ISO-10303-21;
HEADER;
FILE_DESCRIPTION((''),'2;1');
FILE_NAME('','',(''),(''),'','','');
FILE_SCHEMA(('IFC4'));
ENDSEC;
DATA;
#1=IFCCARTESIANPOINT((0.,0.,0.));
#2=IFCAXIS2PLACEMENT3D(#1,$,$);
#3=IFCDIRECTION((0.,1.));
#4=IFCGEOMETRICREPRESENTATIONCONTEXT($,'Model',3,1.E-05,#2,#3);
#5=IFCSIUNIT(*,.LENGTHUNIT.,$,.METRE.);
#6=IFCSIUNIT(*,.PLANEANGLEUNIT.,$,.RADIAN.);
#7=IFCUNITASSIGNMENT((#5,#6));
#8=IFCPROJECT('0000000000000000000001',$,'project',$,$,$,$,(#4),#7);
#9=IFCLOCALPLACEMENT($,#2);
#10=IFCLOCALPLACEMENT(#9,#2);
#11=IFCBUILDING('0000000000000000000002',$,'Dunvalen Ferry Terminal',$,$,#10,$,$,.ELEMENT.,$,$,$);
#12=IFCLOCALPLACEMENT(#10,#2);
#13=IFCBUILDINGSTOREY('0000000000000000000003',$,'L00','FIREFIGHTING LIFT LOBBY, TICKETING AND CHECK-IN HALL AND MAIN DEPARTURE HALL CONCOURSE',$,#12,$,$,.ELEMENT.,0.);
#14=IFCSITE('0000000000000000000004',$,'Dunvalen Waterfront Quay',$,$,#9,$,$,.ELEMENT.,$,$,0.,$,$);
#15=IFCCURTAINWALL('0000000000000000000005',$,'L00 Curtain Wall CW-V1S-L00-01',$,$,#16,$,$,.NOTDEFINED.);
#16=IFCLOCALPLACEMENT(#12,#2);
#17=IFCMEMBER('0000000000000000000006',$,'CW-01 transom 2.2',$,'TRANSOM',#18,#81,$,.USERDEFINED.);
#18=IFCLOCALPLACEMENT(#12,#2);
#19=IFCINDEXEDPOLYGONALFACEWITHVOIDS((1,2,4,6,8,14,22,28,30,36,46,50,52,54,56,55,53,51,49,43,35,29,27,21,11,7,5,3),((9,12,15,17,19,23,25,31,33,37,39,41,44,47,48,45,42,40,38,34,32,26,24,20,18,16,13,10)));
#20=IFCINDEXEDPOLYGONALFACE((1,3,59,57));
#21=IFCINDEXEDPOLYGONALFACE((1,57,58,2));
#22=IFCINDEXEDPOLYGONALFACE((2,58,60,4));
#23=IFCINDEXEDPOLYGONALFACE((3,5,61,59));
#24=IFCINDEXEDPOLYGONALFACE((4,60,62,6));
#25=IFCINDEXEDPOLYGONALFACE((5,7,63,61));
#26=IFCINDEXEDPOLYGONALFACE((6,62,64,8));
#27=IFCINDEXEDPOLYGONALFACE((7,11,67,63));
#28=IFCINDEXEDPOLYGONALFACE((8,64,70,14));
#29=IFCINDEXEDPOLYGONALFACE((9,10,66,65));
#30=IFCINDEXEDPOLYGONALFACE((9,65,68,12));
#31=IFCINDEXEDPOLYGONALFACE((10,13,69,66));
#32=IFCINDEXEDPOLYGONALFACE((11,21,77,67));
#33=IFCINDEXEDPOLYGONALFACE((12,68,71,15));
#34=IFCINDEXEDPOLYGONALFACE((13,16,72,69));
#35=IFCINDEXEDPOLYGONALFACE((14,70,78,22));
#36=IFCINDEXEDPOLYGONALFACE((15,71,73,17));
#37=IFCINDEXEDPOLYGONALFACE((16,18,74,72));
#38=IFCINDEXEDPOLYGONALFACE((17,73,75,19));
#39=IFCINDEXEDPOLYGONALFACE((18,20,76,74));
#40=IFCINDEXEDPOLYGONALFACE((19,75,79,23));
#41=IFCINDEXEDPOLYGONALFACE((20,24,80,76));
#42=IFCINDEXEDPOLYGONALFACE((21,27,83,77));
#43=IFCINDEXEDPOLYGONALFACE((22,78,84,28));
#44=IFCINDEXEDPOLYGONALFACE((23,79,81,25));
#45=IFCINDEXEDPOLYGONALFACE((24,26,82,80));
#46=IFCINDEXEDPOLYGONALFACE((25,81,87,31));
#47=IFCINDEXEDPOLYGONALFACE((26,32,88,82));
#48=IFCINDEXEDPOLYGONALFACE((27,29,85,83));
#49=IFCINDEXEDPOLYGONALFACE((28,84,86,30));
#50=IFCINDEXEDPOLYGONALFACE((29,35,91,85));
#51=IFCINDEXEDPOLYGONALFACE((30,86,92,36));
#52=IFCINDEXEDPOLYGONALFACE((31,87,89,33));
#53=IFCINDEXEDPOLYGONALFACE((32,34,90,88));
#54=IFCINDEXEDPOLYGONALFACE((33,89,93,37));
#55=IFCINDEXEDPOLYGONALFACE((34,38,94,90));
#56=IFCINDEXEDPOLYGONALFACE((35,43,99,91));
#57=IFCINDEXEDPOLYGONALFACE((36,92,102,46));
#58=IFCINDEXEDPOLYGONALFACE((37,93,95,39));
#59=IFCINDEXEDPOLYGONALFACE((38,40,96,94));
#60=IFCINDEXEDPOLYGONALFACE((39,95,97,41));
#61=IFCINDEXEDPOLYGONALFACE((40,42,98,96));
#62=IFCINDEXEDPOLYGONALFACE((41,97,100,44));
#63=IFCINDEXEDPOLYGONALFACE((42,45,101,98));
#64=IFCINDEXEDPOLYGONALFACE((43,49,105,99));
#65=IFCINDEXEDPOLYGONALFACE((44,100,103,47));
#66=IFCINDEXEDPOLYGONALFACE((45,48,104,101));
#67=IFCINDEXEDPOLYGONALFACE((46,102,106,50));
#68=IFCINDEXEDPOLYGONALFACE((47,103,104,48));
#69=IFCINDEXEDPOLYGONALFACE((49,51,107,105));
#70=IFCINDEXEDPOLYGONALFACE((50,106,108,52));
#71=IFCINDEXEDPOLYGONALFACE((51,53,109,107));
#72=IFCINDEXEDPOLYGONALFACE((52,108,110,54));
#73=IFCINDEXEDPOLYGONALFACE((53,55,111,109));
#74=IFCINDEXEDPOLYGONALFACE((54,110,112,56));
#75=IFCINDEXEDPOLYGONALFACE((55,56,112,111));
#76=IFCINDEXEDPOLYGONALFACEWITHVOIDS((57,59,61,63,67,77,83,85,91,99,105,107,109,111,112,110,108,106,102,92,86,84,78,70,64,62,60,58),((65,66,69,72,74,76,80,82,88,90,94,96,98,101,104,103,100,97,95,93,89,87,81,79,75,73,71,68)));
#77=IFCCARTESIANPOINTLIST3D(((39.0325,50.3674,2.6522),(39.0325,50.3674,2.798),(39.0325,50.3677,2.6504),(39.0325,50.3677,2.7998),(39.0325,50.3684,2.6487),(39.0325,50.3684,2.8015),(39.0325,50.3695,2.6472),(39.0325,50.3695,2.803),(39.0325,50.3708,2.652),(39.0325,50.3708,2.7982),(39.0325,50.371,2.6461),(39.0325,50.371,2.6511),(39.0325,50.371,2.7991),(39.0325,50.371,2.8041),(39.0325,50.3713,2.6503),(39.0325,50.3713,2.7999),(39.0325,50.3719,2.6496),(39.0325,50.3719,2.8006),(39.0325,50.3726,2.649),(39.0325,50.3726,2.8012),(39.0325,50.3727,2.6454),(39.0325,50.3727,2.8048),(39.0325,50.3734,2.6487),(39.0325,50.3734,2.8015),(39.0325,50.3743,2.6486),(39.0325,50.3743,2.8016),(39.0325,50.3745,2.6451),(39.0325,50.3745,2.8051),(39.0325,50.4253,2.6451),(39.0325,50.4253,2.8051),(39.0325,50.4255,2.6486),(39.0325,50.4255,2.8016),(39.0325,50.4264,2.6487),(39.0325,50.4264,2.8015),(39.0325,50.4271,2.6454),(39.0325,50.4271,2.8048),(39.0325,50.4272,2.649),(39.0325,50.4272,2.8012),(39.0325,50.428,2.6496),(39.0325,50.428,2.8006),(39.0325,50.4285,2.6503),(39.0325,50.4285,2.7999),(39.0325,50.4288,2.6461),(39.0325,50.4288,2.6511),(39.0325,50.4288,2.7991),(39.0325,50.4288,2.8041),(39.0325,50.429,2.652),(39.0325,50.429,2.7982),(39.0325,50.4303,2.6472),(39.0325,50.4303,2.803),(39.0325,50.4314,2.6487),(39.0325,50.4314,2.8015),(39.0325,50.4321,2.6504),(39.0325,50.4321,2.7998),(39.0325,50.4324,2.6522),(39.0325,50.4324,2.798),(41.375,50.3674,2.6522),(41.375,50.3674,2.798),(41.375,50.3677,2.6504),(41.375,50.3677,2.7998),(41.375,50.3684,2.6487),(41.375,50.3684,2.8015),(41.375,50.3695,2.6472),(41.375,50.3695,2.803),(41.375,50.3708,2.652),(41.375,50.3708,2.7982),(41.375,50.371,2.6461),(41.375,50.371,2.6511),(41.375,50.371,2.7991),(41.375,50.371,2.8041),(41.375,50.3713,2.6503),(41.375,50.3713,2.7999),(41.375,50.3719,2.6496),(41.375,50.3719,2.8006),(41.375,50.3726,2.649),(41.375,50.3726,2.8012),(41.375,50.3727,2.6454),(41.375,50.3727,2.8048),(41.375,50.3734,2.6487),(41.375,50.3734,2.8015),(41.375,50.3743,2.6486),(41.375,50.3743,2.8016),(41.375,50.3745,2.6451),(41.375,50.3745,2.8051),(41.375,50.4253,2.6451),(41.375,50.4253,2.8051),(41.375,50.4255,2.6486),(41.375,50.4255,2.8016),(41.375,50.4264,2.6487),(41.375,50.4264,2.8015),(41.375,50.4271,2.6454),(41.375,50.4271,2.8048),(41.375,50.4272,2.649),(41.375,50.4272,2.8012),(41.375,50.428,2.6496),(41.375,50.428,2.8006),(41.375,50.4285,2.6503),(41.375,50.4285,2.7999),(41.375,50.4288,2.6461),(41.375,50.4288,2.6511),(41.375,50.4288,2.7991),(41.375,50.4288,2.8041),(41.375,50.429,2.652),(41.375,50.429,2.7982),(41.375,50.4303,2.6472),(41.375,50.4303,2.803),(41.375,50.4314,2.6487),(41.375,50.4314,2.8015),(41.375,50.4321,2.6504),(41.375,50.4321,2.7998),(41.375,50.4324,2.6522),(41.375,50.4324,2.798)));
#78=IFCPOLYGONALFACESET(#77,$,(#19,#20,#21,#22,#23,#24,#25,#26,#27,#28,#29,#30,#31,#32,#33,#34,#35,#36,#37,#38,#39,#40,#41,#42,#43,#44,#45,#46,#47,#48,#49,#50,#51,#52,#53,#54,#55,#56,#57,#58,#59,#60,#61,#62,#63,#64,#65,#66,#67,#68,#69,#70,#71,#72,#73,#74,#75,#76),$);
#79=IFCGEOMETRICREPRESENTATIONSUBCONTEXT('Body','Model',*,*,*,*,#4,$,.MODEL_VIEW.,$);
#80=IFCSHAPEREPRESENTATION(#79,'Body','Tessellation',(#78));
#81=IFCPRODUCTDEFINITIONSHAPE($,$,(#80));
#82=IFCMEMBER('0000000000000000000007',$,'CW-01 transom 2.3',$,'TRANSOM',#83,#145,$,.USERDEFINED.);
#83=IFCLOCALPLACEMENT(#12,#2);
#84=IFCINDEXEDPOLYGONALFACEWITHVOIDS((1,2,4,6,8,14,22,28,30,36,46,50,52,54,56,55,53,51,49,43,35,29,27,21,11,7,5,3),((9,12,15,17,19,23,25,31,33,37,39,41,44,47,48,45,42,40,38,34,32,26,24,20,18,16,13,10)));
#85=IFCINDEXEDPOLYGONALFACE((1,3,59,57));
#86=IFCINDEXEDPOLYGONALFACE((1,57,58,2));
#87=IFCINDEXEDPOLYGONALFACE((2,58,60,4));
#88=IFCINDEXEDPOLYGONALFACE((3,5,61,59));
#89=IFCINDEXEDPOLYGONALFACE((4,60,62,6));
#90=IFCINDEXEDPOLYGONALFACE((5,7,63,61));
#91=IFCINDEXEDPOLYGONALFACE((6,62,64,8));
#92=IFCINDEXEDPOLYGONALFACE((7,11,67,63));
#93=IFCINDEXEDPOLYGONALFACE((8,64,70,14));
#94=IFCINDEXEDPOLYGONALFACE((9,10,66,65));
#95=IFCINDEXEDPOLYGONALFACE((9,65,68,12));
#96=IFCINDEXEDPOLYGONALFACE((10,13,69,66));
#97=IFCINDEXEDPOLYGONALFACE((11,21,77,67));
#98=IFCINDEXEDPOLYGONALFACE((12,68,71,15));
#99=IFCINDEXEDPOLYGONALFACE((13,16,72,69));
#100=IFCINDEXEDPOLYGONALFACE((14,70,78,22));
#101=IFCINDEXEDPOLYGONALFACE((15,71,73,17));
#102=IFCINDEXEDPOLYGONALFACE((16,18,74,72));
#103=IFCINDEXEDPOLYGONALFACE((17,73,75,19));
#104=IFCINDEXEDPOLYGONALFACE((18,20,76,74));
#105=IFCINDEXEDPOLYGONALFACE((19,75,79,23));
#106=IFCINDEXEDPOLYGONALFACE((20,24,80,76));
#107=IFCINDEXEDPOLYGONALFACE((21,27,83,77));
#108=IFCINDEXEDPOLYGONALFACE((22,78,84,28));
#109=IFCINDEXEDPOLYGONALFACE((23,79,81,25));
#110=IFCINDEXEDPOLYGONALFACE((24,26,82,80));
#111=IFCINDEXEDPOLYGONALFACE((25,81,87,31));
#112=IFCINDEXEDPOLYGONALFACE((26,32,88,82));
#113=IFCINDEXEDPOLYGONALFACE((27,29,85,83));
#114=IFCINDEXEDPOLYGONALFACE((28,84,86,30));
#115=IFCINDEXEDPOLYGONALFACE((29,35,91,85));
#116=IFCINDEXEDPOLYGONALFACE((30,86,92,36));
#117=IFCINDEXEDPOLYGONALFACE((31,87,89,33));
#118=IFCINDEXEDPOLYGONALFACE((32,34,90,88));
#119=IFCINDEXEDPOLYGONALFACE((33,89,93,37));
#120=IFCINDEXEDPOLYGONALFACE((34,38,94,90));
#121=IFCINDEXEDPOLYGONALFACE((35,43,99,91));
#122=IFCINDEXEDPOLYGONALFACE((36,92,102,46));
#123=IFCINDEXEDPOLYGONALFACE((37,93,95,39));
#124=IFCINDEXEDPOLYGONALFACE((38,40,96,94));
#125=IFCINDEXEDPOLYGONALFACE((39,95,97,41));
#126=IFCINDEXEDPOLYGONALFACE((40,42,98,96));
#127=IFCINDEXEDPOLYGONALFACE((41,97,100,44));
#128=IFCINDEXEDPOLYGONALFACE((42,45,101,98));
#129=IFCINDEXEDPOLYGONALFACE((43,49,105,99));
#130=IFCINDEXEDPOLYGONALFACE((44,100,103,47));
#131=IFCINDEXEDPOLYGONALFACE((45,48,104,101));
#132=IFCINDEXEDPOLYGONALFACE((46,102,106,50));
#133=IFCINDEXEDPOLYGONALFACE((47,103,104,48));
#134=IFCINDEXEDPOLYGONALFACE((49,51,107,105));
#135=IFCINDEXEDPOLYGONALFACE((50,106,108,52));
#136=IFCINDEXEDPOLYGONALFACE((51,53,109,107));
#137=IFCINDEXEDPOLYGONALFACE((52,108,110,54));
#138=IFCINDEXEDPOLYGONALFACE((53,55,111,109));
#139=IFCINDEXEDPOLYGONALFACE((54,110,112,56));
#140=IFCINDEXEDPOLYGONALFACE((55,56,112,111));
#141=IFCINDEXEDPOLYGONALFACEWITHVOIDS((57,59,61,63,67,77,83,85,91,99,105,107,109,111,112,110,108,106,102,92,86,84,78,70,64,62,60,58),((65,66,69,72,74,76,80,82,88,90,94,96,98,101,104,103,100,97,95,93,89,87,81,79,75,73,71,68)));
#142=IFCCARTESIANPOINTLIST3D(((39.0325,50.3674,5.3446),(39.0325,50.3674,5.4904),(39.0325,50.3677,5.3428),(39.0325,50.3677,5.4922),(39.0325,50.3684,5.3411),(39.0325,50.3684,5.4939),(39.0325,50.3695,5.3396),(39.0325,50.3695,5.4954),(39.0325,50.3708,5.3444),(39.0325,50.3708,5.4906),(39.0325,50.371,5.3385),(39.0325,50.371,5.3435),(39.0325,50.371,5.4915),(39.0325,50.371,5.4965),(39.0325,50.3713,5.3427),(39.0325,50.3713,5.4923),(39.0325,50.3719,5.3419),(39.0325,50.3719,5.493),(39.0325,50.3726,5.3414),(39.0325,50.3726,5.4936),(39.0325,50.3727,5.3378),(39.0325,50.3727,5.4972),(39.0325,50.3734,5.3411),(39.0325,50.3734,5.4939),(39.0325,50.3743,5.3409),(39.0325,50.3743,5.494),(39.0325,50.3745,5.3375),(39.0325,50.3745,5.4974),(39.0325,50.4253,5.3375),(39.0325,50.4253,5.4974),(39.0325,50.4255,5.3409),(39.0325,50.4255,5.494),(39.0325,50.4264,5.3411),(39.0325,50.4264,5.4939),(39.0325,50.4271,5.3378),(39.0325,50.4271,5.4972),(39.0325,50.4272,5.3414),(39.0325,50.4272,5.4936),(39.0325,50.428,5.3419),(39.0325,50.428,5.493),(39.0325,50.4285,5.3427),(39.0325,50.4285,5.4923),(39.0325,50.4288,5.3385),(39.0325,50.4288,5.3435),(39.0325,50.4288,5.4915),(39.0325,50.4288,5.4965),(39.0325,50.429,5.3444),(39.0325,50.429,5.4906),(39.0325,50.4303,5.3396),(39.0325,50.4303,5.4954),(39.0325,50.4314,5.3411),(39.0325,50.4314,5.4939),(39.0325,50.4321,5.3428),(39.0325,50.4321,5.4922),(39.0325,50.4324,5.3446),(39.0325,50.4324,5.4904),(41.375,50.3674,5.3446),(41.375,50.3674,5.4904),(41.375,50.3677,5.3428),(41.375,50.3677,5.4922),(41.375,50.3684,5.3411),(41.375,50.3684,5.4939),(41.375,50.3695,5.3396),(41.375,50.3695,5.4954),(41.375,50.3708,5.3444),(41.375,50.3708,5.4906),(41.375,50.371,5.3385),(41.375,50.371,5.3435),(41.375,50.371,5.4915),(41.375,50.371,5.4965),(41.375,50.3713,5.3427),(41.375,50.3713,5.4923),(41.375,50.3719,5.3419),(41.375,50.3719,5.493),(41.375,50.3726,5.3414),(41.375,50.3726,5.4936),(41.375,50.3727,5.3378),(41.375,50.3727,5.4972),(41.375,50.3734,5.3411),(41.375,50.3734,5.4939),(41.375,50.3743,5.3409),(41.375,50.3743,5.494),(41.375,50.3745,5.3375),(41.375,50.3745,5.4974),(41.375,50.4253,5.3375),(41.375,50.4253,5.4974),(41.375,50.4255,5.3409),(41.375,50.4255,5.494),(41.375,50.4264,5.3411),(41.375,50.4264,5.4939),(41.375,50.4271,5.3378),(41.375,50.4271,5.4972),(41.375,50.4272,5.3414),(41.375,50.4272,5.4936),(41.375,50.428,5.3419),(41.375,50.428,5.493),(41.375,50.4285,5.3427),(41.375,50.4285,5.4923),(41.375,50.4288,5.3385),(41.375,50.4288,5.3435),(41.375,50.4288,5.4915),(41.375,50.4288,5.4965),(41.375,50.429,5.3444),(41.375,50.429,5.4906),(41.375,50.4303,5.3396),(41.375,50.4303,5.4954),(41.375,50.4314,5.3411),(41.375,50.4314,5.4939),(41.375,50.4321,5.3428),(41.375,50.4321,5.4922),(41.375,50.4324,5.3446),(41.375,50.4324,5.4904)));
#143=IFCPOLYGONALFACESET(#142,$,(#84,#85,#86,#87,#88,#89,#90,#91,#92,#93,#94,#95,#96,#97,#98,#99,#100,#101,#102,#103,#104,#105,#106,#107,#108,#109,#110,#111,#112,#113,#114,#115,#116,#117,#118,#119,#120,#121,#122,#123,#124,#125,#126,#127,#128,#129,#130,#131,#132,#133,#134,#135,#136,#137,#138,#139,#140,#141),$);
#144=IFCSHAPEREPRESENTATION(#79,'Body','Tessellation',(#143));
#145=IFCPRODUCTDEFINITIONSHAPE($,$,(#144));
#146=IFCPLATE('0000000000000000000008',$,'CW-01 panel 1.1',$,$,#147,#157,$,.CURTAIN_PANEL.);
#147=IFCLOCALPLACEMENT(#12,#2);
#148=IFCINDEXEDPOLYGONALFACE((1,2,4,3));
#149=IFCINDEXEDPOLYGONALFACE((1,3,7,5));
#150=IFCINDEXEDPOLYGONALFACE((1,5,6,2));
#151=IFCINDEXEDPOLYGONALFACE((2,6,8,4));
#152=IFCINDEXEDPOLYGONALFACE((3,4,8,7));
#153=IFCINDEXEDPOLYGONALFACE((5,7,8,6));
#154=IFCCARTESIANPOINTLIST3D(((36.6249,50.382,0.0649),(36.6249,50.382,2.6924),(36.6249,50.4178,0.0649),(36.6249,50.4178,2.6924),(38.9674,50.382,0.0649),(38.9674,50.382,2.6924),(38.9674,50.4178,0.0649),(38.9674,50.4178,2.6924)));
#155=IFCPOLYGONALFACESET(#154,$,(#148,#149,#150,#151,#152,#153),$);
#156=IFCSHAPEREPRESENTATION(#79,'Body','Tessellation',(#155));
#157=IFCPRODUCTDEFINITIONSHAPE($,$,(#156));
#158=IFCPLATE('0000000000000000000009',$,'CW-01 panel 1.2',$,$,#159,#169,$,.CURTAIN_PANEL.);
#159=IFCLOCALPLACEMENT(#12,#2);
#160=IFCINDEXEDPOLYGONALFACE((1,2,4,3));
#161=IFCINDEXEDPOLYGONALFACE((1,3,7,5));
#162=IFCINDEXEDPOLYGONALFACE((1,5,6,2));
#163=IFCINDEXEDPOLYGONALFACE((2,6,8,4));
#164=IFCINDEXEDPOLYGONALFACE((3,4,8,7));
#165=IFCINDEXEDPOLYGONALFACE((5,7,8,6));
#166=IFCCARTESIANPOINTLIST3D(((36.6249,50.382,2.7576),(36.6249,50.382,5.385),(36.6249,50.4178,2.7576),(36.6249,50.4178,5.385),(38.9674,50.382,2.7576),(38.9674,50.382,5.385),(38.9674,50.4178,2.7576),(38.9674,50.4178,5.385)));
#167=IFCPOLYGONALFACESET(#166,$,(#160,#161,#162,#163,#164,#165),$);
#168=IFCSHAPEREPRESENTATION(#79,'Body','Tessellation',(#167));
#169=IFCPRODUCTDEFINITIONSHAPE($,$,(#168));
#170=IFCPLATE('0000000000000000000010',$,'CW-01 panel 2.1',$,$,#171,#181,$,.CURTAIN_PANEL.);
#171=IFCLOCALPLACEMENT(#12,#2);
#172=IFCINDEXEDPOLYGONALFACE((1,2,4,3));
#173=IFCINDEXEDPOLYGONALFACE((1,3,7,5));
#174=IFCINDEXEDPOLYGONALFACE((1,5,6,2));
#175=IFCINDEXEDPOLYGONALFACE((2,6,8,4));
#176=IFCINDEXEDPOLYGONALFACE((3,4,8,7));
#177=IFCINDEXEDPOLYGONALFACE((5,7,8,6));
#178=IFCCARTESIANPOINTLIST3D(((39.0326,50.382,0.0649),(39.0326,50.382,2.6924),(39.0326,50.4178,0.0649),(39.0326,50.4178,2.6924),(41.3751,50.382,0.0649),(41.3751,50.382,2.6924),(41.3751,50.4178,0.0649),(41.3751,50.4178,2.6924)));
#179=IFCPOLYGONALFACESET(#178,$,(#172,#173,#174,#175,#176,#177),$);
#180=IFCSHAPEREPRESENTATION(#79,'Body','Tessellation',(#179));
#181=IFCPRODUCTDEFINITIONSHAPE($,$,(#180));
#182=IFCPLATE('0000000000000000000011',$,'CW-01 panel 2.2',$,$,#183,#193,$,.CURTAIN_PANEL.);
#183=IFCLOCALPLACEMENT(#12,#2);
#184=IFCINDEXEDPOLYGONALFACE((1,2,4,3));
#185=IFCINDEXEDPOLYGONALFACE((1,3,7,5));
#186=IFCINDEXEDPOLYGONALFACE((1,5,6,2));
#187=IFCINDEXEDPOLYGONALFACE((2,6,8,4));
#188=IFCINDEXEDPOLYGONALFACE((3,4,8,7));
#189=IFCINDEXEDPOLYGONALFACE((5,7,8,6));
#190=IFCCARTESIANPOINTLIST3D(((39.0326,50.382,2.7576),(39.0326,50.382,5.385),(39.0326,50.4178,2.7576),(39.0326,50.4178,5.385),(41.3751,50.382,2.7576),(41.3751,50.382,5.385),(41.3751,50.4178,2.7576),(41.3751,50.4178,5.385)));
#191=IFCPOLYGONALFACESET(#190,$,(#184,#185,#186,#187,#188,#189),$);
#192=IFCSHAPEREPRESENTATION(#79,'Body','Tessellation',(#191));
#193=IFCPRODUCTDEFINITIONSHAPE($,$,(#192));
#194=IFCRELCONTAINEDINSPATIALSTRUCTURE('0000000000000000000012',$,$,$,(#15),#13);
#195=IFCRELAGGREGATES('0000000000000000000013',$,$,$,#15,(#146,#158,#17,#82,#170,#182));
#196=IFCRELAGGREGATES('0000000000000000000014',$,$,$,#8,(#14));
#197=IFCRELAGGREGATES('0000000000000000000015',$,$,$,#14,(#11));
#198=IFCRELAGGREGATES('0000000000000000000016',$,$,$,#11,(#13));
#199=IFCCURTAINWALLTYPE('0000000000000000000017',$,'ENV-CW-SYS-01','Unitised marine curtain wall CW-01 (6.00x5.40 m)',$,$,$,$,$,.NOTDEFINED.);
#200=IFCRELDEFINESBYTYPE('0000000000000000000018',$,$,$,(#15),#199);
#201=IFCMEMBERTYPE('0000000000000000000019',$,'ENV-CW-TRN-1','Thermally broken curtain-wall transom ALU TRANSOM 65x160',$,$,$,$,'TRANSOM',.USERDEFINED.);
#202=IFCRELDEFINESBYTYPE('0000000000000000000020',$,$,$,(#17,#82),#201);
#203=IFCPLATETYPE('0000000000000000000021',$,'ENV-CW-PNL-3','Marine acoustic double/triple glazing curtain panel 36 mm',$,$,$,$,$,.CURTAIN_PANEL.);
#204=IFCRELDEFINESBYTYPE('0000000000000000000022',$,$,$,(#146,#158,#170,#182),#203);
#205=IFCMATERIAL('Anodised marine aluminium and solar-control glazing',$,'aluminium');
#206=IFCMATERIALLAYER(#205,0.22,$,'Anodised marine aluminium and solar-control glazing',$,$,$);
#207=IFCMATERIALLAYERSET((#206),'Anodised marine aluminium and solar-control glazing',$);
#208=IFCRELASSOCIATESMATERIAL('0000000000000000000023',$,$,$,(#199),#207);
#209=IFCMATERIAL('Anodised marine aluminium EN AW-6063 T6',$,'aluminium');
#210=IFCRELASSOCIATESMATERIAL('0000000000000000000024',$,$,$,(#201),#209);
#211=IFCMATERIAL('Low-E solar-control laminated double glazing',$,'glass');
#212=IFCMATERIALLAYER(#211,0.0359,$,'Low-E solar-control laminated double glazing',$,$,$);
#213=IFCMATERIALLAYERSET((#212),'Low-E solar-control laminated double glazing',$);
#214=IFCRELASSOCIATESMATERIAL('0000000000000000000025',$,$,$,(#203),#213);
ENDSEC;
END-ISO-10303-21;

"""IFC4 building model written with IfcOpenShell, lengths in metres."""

from ifc_helpers import new_model, si_unit, direction, frame, origin, origin_2d, place, context, subcontext, project, spatial, rectangle, hollow_rectangle, extrude, material, layer, layer_set, material_profile, profile_set, type_object, element, aggregate, save


model = new_model("IFC4")

# Units and contexts
model_context = context("Model", 3, precision=1e-05, world=origin(), true_north=direction((0.0, 1.0)))
body_context = subcontext(model_context, "Body", "Model", "MODEL_VIEW")
ifc_project = project(units=[si_unit("LENGTHUNIT", "METRE"), si_unit("PLANEANGLEUNIT", "RADIAN")], contexts=[model_context])

# Site, building, storey
site_placement = place(None, origin())
site = spatial("IfcSite", under=ifc_project, at=site_placement, Name="Dunvalen Waterfront Quay", CompositionType="ELEMENT", RefElevation=0.0)
building_placement = place(site_placement, origin())
building = spatial("IfcBuilding", under=site, at=building_placement, Name="Dunvalen Ferry Terminal", CompositionType="ELEMENT")
storey_placement = place(building_placement, origin())
storey = spatial("IfcBuildingStorey", under=building, at=storey_placement, Name="L00", Description="FIREFIGHTING LIFT LOBBY, TICKETING AND CHECK-IN HALL AND MAIN DEPARTURE HALL CONCOURSE", CompositionType="ELEMENT", Elevation=0.0)

# Curtain wall, members, plates
ifc_material_1 = material(Name="Anodised marine aluminium and solar-control glazing", Category="aluminium")
ifc_layer_1 = layer(ifc_material_1, 0.22, Name="Anodised marine aluminium and solar-control glazing")
ifc_layer_set_1 = layer_set([ifc_layer_1], Name="Anodised marine aluminium and solar-control glazing")
curtain_wall_type = type_object("IfcCurtainWallType", Name="ENV-CW-SYS-01", Description="Unitised marine curtain wall CW-01 (6.00x5.40 m)", PredefinedType="NOTDEFINED", material=ifc_layer_set_1)
curtain_wall_placement = place(storey_placement, origin())
curtain_wall = element("IfcCurtainWall", 1, at=curtain_wall_placement, inside=storey, type_object=curtain_wall_type, Name="L00 Curtain Wall CW-V1S-L00-01", PredefinedType="NOTDEFINED")
ifc_material_2 = material(Name="Anodised marine aluminium EN AW-6063 T6", Category="aluminium")
ifc_material_profile_1 = material_profile(ifc_material_2, hollow_rectangle(XDim=0.0649, YDim=0.1599, WallThickness=0.0034, InnerFilletRadius=0.0034, OuterFilletRadius=0.0071, at=origin_2d()), Name="Anodised marine aluminium EN AW-6063 T6")
ifc_profile_set_1 = profile_set([ifc_material_profile_1], Name="Anodised marine aluminium EN AW-6063 T6")
member_type_1 = type_object("IfcMemberType", Name="ENV-CW-TRN-1", Description="Thermally broken curtain-wall transom ALU TRANSOM 65x160", ElementType="TRANSOM", PredefinedType="USERDEFINED", material=ifc_profile_set_1)
member_1_placement = place(storey_placement, frame((39.0325, 50.3999, 2.7251), z_axis=(1.0, 0.0, 0.0), x_axis=(0.0, 1.0, 0.0)))
member_1 = element("IfcMember", 2, at=member_1_placement, type_object=member_type_1, Name="CW-01 transom 2.2", ObjectType="TRANSOM", PredefinedType="USERDEFINED", context=body_context, shape_type="SweptSolid", body=[
    extrude(hollow_rectangle(XDim=0.0649, YDim=0.1599, WallThickness=0.0034, InnerFilletRadius=0.0034, OuterFilletRadius=0.0071, at=origin_2d()), origin(), (0.0, 0.0, 1.0), 2.3425),
])
member_2_placement = place(storey_placement, frame((39.0325, 50.3999, 5.4175), z_axis=(1.0, 0.0, 0.0), x_axis=(0.0, 1.0, 0.0)))
member_2 = element("IfcMember", 3, at=member_2_placement, type_object=member_type_1, Name="CW-01 transom 2.3", ObjectType="TRANSOM", PredefinedType="USERDEFINED", context=body_context, shape_type="SweptSolid", body=[
    extrude(hollow_rectangle(XDim=0.0649, YDim=0.1599, WallThickness=0.0034, InnerFilletRadius=0.0034, OuterFilletRadius=0.0071, at=origin_2d()), origin(), (0.0, 0.0, 1.0), 2.3425),
])
ifc_material_3 = material(Name="Low-E solar-control laminated double glazing", Category="glass")
ifc_layer_2 = layer(ifc_material_3, 0.0359, Name="Low-E solar-control laminated double glazing")
ifc_layer_set_2 = layer_set([ifc_layer_2], Name="Low-E solar-control laminated double glazing")
plate_type = type_object("IfcPlateType", Name="ENV-CW-PNL-3", Description="Marine acoustic double/triple glazing curtain panel 36 mm", PredefinedType="CURTAIN_PANEL", material=ifc_layer_set_2)
plate_1_placement = place(storey_placement, frame((37.7961, 50.3999, 0.0649), z_axis=(0.0, 0.0, 1.0), x_axis=(1.0, 0.0, 0.0)))
plate_1 = element("IfcPlate", 4, at=plate_1_placement, type_object=plate_type, Name="CW-01 panel 1.1", PredefinedType="CURTAIN_PANEL", context=body_context, shape_type="SweptSolid", body=[
    extrude(rectangle(XDim=2.3425, YDim=0.0359, at=origin_2d()), origin(), (0.0, 0.0, 1.0), 2.6274),
])
plate_2_placement = place(storey_placement, frame((37.7961, 50.3999, 2.7576), z_axis=(0.0, 0.0, 1.0), x_axis=(1.0, 0.0, 0.0)))
plate_2 = element("IfcPlate", 5, at=plate_2_placement, type_object=plate_type, Name="CW-01 panel 1.2", PredefinedType="CURTAIN_PANEL", context=body_context, shape_type="SweptSolid", body=[
    extrude(rectangle(XDim=2.3425, YDim=0.0359, at=origin_2d()), origin(), (0.0, 0.0, 1.0), 2.6274),
])
plate_3_placement = place(storey_placement, frame((40.2039, 50.3999, 0.0649), z_axis=(0.0, 0.0, 1.0), x_axis=(1.0, 0.0, 0.0)))
plate_3 = element("IfcPlate", 6, at=plate_3_placement, type_object=plate_type, Name="CW-01 panel 2.1", PredefinedType="CURTAIN_PANEL", context=body_context, shape_type="SweptSolid", body=[
    extrude(rectangle(XDim=2.3425, YDim=0.0359, at=origin_2d()), origin(), (0.0, 0.0, 1.0), 2.6274),
])
plate_4_placement = place(storey_placement, frame((40.2039, 50.3999, 2.7576), z_axis=(0.0, 0.0, 1.0), x_axis=(1.0, 0.0, 0.0)))
plate_4 = element("IfcPlate", 7, at=plate_4_placement, type_object=plate_type, Name="CW-01 panel 2.2", PredefinedType="CURTAIN_PANEL", context=body_context, shape_type="SweptSolid", body=[
    extrude(rectangle(XDim=2.3425, YDim=0.0359, at=origin_2d()), origin(), (0.0, 0.0, 1.0), 2.6274),
])
aggregate(curtain_wall, [plate_1, plate_2, member_1, member_2, plate_3, plate_4])

save(model, "model.ifc")
